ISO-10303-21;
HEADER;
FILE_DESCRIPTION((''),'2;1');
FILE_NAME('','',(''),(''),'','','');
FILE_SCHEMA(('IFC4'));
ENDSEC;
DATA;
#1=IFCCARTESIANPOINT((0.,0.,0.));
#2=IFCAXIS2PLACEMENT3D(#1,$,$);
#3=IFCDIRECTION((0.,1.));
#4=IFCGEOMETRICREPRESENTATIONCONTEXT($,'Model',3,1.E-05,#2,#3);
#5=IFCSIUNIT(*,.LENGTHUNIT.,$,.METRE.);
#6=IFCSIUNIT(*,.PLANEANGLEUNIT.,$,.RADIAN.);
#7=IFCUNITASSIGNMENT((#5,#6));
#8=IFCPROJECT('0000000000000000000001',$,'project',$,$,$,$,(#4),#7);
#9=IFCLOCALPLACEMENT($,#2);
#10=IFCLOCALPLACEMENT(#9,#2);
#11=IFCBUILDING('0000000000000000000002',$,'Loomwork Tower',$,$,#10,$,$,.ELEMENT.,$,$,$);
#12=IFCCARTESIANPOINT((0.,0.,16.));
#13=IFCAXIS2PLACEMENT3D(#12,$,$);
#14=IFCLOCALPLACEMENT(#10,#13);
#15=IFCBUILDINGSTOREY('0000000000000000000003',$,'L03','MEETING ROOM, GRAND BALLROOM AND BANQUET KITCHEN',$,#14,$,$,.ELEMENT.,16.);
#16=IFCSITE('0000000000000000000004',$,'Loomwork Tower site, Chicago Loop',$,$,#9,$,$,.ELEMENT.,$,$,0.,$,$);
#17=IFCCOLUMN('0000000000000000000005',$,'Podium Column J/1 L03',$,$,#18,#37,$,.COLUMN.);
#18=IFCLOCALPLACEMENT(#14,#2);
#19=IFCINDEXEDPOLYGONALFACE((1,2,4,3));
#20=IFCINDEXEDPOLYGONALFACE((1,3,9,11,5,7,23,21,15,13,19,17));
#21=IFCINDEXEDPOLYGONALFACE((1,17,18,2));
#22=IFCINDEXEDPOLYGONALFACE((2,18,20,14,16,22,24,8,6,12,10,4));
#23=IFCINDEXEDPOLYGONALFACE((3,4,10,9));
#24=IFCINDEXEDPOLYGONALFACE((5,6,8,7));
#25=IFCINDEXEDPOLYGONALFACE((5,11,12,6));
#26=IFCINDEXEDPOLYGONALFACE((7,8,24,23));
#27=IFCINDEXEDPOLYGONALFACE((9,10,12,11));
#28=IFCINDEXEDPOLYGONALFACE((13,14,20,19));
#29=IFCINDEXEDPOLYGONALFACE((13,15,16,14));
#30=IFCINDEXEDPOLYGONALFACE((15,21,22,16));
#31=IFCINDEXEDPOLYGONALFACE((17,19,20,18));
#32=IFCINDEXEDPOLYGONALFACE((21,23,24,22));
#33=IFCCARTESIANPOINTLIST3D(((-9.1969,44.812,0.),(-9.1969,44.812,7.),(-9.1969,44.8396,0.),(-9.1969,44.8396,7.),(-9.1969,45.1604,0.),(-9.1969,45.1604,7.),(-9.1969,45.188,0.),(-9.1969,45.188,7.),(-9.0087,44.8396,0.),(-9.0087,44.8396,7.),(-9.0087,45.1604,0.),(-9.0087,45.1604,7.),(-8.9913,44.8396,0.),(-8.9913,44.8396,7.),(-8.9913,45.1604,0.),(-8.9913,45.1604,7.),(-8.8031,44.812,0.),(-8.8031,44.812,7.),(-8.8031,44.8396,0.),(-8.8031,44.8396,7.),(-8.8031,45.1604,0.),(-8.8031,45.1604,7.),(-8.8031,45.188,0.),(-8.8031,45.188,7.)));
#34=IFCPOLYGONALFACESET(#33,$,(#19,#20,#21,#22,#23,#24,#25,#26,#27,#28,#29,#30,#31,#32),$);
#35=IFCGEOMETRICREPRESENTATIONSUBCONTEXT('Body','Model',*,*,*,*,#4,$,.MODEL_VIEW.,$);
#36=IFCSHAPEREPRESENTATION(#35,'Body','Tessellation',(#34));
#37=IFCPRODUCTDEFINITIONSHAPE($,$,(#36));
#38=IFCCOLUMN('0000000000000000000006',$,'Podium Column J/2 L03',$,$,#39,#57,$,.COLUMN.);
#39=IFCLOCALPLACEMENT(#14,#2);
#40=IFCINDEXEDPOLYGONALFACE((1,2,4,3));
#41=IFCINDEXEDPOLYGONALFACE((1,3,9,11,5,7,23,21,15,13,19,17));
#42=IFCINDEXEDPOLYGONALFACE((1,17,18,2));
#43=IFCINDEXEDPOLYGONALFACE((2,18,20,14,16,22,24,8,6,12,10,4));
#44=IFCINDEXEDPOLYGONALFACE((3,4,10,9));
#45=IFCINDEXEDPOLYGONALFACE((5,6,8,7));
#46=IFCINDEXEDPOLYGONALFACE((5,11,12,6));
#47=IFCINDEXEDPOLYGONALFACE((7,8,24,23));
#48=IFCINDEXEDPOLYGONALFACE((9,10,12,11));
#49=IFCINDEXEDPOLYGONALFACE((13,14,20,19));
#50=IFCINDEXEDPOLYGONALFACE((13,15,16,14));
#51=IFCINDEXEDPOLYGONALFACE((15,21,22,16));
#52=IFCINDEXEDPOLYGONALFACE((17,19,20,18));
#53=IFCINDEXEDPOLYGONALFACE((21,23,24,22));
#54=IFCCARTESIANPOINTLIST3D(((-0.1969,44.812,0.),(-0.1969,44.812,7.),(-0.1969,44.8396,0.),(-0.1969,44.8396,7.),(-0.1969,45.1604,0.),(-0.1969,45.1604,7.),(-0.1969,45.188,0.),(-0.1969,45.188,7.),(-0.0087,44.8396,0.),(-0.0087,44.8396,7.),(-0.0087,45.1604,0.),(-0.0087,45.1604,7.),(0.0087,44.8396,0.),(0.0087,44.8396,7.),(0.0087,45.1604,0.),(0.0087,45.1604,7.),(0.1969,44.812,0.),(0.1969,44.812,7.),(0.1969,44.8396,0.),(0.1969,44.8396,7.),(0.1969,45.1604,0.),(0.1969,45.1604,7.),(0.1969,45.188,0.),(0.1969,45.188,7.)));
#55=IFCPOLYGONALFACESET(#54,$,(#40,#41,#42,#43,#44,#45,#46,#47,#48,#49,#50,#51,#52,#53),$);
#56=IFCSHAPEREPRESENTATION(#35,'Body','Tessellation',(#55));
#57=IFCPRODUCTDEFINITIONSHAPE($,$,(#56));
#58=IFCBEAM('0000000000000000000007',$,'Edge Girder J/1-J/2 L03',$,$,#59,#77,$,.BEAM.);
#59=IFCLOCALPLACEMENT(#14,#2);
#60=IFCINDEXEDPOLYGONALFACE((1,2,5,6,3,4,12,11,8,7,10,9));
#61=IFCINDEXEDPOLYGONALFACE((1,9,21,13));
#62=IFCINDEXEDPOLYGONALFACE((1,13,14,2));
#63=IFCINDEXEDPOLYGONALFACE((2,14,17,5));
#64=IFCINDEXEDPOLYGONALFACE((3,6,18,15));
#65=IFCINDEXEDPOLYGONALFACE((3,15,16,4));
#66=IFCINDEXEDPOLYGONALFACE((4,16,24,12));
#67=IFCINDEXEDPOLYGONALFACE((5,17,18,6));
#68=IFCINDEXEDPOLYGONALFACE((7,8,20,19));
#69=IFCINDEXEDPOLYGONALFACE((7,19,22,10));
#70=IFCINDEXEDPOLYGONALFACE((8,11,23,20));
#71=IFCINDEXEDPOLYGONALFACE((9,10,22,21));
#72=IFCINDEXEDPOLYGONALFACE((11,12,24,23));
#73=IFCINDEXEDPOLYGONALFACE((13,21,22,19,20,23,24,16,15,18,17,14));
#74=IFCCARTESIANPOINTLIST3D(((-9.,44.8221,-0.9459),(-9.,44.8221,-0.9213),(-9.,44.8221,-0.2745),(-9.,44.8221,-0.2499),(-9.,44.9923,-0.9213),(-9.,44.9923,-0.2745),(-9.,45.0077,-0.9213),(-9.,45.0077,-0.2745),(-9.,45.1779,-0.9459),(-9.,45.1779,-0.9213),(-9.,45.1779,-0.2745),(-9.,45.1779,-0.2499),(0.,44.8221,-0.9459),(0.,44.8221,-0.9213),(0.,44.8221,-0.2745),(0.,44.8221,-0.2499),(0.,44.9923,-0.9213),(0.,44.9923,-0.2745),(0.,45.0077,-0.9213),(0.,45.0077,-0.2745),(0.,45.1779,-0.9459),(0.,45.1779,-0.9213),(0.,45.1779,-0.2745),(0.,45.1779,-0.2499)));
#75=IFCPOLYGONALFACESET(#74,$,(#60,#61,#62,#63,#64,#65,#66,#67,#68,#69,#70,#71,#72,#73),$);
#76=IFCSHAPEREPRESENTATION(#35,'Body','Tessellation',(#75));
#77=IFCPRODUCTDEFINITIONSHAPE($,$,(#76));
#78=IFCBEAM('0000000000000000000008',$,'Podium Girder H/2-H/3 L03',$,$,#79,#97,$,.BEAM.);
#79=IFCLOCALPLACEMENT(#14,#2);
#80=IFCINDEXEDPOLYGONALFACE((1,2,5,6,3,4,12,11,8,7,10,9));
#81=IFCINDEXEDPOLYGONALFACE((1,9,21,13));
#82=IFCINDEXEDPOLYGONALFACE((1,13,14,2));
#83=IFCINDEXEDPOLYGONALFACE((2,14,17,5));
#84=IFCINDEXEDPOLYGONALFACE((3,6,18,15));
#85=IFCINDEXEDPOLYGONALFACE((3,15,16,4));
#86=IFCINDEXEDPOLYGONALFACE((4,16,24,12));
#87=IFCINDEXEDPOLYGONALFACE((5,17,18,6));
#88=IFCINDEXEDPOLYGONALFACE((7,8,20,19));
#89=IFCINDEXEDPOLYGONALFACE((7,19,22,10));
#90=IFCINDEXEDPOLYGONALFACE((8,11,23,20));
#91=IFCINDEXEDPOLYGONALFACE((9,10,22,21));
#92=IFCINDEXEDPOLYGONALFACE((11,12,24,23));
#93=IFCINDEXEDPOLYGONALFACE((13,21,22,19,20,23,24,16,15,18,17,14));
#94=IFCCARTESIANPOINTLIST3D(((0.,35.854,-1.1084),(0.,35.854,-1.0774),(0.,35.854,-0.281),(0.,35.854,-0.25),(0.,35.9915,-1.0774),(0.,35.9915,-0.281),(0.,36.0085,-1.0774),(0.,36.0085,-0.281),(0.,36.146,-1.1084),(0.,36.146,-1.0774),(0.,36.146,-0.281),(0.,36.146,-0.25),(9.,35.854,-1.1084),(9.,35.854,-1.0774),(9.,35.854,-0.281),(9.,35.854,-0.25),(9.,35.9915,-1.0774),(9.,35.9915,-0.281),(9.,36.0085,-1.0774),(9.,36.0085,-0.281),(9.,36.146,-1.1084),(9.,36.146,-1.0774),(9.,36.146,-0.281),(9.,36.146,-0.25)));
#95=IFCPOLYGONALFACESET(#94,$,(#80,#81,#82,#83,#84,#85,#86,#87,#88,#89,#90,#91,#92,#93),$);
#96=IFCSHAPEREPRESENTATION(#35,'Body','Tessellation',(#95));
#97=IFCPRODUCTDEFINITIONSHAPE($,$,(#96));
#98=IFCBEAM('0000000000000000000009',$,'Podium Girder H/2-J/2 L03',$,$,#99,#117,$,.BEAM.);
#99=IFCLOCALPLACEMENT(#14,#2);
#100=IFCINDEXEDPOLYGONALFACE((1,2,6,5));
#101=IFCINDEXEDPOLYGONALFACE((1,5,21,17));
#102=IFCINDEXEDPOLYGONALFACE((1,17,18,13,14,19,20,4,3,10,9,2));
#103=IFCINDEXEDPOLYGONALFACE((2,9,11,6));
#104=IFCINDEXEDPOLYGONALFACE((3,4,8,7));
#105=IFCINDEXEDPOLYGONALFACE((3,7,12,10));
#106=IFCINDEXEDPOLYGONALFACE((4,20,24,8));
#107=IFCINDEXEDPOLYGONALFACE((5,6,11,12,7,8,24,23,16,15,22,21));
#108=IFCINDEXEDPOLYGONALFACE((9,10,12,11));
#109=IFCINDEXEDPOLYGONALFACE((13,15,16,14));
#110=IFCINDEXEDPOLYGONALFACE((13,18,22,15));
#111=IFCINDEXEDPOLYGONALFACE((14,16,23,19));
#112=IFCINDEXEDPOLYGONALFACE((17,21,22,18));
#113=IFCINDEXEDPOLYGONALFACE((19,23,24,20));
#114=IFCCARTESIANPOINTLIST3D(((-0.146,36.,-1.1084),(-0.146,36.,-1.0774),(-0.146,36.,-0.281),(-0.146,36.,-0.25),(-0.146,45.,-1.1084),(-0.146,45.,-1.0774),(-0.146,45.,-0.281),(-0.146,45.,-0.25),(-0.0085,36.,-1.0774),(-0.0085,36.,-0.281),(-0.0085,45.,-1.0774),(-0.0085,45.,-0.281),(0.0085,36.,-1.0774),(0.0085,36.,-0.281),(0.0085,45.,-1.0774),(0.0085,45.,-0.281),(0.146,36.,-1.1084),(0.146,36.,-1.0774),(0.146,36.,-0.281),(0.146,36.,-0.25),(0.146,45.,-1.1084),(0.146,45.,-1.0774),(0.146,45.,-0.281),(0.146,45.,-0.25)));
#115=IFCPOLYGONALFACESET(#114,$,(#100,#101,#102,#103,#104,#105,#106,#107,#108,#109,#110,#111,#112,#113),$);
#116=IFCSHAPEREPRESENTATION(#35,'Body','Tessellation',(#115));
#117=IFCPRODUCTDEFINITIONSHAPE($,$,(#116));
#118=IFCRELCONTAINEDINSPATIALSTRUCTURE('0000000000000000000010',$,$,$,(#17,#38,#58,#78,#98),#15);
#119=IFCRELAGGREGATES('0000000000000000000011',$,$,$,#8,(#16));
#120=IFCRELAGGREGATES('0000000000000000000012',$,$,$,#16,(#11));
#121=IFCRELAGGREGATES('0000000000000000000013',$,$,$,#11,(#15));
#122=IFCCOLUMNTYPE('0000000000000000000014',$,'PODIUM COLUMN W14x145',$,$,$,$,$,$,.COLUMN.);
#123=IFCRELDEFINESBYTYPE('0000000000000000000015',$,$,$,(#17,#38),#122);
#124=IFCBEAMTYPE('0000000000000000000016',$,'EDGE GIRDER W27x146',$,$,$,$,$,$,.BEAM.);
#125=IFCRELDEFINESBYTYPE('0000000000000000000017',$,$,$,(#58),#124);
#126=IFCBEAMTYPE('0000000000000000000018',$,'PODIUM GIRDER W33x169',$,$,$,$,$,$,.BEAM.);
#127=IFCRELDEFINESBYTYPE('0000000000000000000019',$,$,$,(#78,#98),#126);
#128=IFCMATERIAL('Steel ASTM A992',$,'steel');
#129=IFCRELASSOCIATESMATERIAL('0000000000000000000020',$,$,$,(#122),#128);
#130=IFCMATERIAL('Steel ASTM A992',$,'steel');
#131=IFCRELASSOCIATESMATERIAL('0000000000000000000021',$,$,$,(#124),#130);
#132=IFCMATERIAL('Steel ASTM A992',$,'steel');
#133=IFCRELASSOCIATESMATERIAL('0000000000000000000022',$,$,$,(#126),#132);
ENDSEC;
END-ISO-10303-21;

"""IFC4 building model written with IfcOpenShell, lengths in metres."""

from ifc_helpers import new_model, si_unit, direction, frame, origin, origin_2d, place, context, subcontext, project, spatial, i_section, extrude, material, material_profile, profile_set, type_object, element, save


model = new_model("IFC4")

# Units and contexts
model_context = context("Model", 3, precision=1e-05, world=origin(), true_north=direction((0.0, 1.0)))
body_context = subcontext(model_context, "Body", "Model", "MODEL_VIEW")
ifc_project = project(units=[si_unit("LENGTHUNIT", "METRE"), si_unit("PLANEANGLEUNIT", "RADIAN")], contexts=[model_context])

# Site, building, storey
site_placement = place(None, origin())
site = spatial("IfcSite", under=ifc_project, at=site_placement, Name="Loomwork Tower site, Chicago Loop", CompositionType="ELEMENT", RefElevation=0.0)
building_placement = place(site_placement, origin())
building = spatial("IfcBuilding", under=site, at=building_placement, Name="Loomwork Tower", CompositionType="ELEMENT")
storey_placement = place(building_placement, frame((0.0, 0.0, 16.0)))
storey = spatial("IfcBuildingStorey", under=building, at=storey_placement, Name="L03", Description="MEETING ROOM, GRAND BALLROOM AND BANQUET KITCHEN", CompositionType="ELEMENT", Elevation=16.0)

# Columns
ifc_material_1 = material(Name="Steel ASTM A992", Category="steel")
ifc_material_profile_1 = material_profile(ifc_material_1, i_section(OverallWidth=0.3938, OverallDepth=0.376, WebThickness=0.0173, FlangeThickness=0.0276, at=origin_2d()), Name="W14x145")
ifc_profile_set_1 = profile_set([ifc_material_profile_1], Name="Steel ASTM A992")
column_type = type_object("IfcColumnType", Name="PODIUM COLUMN W14x145", PredefinedType="COLUMN", material=ifc_profile_set_1)
for number, where, z_axis, x_axis, name in (
    (1, (-9.0, 45.0, 0.0), (0.0, 0.0, 1.0), (1.0, 0.0, 0.0), "Podium Column J/1 L03"),
    (2, (0.0, 45.0, 0.0), (0.0, 0.0, 1.0), (1.0, 0.0, 0.0), "Podium Column J/2 L03"),
):
    element("IfcColumn", number, at=place(storey_placement, frame(where, z_axis=z_axis, x_axis=x_axis)), inside=storey, type_object=column_type, Name=name, PredefinedType="COLUMN", context=body_context, shape_type="SweptSolid", body=[
        extrude(i_section(OverallWidth=0.3938, OverallDepth=0.376, WebThickness=0.0173, FlangeThickness=0.0276, at=origin_2d()), origin(), (0.0, 0.0, 1.0), 7.0),
    ])

# Beams
ifc_material_2 = material(Name="Steel ASTM A992", Category="steel")
ifc_material_profile_2 = material_profile(ifc_material_2, i_section(OverallWidth=0.3557, OverallDepth=0.696, WebThickness=0.0154, FlangeThickness=0.0247, at=origin_2d()), Name="W27x146")
ifc_profile_set_2 = profile_set([ifc_material_profile_2], Name="Steel ASTM A992")
beam_type_1 = type_object("IfcBeamType", Name="EDGE GIRDER W27x146", PredefinedType="BEAM", material=ifc_profile_set_2)
beam_placement = place(storey_placement, frame((-9.0, 45.0, -0.5979), z_axis=(1.0, 0.0, 0.0), x_axis=(0.0, 1.0, 0.0)))
element("IfcBeam", 3, at=beam_placement, inside=storey, type_object=beam_type_1, Name="Edge Girder J/1-J/2 L03", PredefinedType="BEAM", context=body_context, shape_type="SweptSolid", body=[
    extrude(i_section(OverallWidth=0.3557, OverallDepth=0.696, WebThickness=0.0154, FlangeThickness=0.0247, at=origin_2d()), origin(), (0.0, 0.0, 1.0), 9.0),
])
ifc_material_3 = material(Name="Steel ASTM A992", Category="steel")
ifc_material_profile_3 = material_profile(ifc_material_3, i_section(OverallWidth=0.292, OverallDepth=0.8584, WebThickness=0.0171, FlangeThickness=0.031, at=origin_2d()), Name="W33x169")
ifc_profile_set_3 = profile_set([ifc_material_profile_3], Name="Steel ASTM A992")
beam_type_2 = type_object("IfcBeamType", Name="PODIUM GIRDER W33x169", PredefinedType="BEAM", material=ifc_profile_set_3)
for number, where, z_axis, x_axis, name in (
    (4, (0.0, 36.0, -0.6792), (1.0, 0.0, 0.0), (0.0, 1.0, 0.0), "Podium Girder H/2-H/3 L03"),
    (5, (0.0, 36.0, -0.6792), (0.0, 1.0, 0.0), (-1.0, 0.0, 0.0), "Podium Girder H/2-J/2 L03"),
):
    element("IfcBeam", number, at=place(storey_placement, frame(where, z_axis=z_axis, x_axis=x_axis)), inside=storey, type_object=beam_type_2, Name=name, PredefinedType="BEAM", context=body_context, shape_type="SweptSolid", body=[
        extrude(i_section(OverallWidth=0.292, OverallDepth=0.8584, WebThickness=0.0171, FlangeThickness=0.031, at=origin_2d()), origin(), (0.0, 0.0, 1.0), 9.0),
    ])

save(model, "model.ifc")
